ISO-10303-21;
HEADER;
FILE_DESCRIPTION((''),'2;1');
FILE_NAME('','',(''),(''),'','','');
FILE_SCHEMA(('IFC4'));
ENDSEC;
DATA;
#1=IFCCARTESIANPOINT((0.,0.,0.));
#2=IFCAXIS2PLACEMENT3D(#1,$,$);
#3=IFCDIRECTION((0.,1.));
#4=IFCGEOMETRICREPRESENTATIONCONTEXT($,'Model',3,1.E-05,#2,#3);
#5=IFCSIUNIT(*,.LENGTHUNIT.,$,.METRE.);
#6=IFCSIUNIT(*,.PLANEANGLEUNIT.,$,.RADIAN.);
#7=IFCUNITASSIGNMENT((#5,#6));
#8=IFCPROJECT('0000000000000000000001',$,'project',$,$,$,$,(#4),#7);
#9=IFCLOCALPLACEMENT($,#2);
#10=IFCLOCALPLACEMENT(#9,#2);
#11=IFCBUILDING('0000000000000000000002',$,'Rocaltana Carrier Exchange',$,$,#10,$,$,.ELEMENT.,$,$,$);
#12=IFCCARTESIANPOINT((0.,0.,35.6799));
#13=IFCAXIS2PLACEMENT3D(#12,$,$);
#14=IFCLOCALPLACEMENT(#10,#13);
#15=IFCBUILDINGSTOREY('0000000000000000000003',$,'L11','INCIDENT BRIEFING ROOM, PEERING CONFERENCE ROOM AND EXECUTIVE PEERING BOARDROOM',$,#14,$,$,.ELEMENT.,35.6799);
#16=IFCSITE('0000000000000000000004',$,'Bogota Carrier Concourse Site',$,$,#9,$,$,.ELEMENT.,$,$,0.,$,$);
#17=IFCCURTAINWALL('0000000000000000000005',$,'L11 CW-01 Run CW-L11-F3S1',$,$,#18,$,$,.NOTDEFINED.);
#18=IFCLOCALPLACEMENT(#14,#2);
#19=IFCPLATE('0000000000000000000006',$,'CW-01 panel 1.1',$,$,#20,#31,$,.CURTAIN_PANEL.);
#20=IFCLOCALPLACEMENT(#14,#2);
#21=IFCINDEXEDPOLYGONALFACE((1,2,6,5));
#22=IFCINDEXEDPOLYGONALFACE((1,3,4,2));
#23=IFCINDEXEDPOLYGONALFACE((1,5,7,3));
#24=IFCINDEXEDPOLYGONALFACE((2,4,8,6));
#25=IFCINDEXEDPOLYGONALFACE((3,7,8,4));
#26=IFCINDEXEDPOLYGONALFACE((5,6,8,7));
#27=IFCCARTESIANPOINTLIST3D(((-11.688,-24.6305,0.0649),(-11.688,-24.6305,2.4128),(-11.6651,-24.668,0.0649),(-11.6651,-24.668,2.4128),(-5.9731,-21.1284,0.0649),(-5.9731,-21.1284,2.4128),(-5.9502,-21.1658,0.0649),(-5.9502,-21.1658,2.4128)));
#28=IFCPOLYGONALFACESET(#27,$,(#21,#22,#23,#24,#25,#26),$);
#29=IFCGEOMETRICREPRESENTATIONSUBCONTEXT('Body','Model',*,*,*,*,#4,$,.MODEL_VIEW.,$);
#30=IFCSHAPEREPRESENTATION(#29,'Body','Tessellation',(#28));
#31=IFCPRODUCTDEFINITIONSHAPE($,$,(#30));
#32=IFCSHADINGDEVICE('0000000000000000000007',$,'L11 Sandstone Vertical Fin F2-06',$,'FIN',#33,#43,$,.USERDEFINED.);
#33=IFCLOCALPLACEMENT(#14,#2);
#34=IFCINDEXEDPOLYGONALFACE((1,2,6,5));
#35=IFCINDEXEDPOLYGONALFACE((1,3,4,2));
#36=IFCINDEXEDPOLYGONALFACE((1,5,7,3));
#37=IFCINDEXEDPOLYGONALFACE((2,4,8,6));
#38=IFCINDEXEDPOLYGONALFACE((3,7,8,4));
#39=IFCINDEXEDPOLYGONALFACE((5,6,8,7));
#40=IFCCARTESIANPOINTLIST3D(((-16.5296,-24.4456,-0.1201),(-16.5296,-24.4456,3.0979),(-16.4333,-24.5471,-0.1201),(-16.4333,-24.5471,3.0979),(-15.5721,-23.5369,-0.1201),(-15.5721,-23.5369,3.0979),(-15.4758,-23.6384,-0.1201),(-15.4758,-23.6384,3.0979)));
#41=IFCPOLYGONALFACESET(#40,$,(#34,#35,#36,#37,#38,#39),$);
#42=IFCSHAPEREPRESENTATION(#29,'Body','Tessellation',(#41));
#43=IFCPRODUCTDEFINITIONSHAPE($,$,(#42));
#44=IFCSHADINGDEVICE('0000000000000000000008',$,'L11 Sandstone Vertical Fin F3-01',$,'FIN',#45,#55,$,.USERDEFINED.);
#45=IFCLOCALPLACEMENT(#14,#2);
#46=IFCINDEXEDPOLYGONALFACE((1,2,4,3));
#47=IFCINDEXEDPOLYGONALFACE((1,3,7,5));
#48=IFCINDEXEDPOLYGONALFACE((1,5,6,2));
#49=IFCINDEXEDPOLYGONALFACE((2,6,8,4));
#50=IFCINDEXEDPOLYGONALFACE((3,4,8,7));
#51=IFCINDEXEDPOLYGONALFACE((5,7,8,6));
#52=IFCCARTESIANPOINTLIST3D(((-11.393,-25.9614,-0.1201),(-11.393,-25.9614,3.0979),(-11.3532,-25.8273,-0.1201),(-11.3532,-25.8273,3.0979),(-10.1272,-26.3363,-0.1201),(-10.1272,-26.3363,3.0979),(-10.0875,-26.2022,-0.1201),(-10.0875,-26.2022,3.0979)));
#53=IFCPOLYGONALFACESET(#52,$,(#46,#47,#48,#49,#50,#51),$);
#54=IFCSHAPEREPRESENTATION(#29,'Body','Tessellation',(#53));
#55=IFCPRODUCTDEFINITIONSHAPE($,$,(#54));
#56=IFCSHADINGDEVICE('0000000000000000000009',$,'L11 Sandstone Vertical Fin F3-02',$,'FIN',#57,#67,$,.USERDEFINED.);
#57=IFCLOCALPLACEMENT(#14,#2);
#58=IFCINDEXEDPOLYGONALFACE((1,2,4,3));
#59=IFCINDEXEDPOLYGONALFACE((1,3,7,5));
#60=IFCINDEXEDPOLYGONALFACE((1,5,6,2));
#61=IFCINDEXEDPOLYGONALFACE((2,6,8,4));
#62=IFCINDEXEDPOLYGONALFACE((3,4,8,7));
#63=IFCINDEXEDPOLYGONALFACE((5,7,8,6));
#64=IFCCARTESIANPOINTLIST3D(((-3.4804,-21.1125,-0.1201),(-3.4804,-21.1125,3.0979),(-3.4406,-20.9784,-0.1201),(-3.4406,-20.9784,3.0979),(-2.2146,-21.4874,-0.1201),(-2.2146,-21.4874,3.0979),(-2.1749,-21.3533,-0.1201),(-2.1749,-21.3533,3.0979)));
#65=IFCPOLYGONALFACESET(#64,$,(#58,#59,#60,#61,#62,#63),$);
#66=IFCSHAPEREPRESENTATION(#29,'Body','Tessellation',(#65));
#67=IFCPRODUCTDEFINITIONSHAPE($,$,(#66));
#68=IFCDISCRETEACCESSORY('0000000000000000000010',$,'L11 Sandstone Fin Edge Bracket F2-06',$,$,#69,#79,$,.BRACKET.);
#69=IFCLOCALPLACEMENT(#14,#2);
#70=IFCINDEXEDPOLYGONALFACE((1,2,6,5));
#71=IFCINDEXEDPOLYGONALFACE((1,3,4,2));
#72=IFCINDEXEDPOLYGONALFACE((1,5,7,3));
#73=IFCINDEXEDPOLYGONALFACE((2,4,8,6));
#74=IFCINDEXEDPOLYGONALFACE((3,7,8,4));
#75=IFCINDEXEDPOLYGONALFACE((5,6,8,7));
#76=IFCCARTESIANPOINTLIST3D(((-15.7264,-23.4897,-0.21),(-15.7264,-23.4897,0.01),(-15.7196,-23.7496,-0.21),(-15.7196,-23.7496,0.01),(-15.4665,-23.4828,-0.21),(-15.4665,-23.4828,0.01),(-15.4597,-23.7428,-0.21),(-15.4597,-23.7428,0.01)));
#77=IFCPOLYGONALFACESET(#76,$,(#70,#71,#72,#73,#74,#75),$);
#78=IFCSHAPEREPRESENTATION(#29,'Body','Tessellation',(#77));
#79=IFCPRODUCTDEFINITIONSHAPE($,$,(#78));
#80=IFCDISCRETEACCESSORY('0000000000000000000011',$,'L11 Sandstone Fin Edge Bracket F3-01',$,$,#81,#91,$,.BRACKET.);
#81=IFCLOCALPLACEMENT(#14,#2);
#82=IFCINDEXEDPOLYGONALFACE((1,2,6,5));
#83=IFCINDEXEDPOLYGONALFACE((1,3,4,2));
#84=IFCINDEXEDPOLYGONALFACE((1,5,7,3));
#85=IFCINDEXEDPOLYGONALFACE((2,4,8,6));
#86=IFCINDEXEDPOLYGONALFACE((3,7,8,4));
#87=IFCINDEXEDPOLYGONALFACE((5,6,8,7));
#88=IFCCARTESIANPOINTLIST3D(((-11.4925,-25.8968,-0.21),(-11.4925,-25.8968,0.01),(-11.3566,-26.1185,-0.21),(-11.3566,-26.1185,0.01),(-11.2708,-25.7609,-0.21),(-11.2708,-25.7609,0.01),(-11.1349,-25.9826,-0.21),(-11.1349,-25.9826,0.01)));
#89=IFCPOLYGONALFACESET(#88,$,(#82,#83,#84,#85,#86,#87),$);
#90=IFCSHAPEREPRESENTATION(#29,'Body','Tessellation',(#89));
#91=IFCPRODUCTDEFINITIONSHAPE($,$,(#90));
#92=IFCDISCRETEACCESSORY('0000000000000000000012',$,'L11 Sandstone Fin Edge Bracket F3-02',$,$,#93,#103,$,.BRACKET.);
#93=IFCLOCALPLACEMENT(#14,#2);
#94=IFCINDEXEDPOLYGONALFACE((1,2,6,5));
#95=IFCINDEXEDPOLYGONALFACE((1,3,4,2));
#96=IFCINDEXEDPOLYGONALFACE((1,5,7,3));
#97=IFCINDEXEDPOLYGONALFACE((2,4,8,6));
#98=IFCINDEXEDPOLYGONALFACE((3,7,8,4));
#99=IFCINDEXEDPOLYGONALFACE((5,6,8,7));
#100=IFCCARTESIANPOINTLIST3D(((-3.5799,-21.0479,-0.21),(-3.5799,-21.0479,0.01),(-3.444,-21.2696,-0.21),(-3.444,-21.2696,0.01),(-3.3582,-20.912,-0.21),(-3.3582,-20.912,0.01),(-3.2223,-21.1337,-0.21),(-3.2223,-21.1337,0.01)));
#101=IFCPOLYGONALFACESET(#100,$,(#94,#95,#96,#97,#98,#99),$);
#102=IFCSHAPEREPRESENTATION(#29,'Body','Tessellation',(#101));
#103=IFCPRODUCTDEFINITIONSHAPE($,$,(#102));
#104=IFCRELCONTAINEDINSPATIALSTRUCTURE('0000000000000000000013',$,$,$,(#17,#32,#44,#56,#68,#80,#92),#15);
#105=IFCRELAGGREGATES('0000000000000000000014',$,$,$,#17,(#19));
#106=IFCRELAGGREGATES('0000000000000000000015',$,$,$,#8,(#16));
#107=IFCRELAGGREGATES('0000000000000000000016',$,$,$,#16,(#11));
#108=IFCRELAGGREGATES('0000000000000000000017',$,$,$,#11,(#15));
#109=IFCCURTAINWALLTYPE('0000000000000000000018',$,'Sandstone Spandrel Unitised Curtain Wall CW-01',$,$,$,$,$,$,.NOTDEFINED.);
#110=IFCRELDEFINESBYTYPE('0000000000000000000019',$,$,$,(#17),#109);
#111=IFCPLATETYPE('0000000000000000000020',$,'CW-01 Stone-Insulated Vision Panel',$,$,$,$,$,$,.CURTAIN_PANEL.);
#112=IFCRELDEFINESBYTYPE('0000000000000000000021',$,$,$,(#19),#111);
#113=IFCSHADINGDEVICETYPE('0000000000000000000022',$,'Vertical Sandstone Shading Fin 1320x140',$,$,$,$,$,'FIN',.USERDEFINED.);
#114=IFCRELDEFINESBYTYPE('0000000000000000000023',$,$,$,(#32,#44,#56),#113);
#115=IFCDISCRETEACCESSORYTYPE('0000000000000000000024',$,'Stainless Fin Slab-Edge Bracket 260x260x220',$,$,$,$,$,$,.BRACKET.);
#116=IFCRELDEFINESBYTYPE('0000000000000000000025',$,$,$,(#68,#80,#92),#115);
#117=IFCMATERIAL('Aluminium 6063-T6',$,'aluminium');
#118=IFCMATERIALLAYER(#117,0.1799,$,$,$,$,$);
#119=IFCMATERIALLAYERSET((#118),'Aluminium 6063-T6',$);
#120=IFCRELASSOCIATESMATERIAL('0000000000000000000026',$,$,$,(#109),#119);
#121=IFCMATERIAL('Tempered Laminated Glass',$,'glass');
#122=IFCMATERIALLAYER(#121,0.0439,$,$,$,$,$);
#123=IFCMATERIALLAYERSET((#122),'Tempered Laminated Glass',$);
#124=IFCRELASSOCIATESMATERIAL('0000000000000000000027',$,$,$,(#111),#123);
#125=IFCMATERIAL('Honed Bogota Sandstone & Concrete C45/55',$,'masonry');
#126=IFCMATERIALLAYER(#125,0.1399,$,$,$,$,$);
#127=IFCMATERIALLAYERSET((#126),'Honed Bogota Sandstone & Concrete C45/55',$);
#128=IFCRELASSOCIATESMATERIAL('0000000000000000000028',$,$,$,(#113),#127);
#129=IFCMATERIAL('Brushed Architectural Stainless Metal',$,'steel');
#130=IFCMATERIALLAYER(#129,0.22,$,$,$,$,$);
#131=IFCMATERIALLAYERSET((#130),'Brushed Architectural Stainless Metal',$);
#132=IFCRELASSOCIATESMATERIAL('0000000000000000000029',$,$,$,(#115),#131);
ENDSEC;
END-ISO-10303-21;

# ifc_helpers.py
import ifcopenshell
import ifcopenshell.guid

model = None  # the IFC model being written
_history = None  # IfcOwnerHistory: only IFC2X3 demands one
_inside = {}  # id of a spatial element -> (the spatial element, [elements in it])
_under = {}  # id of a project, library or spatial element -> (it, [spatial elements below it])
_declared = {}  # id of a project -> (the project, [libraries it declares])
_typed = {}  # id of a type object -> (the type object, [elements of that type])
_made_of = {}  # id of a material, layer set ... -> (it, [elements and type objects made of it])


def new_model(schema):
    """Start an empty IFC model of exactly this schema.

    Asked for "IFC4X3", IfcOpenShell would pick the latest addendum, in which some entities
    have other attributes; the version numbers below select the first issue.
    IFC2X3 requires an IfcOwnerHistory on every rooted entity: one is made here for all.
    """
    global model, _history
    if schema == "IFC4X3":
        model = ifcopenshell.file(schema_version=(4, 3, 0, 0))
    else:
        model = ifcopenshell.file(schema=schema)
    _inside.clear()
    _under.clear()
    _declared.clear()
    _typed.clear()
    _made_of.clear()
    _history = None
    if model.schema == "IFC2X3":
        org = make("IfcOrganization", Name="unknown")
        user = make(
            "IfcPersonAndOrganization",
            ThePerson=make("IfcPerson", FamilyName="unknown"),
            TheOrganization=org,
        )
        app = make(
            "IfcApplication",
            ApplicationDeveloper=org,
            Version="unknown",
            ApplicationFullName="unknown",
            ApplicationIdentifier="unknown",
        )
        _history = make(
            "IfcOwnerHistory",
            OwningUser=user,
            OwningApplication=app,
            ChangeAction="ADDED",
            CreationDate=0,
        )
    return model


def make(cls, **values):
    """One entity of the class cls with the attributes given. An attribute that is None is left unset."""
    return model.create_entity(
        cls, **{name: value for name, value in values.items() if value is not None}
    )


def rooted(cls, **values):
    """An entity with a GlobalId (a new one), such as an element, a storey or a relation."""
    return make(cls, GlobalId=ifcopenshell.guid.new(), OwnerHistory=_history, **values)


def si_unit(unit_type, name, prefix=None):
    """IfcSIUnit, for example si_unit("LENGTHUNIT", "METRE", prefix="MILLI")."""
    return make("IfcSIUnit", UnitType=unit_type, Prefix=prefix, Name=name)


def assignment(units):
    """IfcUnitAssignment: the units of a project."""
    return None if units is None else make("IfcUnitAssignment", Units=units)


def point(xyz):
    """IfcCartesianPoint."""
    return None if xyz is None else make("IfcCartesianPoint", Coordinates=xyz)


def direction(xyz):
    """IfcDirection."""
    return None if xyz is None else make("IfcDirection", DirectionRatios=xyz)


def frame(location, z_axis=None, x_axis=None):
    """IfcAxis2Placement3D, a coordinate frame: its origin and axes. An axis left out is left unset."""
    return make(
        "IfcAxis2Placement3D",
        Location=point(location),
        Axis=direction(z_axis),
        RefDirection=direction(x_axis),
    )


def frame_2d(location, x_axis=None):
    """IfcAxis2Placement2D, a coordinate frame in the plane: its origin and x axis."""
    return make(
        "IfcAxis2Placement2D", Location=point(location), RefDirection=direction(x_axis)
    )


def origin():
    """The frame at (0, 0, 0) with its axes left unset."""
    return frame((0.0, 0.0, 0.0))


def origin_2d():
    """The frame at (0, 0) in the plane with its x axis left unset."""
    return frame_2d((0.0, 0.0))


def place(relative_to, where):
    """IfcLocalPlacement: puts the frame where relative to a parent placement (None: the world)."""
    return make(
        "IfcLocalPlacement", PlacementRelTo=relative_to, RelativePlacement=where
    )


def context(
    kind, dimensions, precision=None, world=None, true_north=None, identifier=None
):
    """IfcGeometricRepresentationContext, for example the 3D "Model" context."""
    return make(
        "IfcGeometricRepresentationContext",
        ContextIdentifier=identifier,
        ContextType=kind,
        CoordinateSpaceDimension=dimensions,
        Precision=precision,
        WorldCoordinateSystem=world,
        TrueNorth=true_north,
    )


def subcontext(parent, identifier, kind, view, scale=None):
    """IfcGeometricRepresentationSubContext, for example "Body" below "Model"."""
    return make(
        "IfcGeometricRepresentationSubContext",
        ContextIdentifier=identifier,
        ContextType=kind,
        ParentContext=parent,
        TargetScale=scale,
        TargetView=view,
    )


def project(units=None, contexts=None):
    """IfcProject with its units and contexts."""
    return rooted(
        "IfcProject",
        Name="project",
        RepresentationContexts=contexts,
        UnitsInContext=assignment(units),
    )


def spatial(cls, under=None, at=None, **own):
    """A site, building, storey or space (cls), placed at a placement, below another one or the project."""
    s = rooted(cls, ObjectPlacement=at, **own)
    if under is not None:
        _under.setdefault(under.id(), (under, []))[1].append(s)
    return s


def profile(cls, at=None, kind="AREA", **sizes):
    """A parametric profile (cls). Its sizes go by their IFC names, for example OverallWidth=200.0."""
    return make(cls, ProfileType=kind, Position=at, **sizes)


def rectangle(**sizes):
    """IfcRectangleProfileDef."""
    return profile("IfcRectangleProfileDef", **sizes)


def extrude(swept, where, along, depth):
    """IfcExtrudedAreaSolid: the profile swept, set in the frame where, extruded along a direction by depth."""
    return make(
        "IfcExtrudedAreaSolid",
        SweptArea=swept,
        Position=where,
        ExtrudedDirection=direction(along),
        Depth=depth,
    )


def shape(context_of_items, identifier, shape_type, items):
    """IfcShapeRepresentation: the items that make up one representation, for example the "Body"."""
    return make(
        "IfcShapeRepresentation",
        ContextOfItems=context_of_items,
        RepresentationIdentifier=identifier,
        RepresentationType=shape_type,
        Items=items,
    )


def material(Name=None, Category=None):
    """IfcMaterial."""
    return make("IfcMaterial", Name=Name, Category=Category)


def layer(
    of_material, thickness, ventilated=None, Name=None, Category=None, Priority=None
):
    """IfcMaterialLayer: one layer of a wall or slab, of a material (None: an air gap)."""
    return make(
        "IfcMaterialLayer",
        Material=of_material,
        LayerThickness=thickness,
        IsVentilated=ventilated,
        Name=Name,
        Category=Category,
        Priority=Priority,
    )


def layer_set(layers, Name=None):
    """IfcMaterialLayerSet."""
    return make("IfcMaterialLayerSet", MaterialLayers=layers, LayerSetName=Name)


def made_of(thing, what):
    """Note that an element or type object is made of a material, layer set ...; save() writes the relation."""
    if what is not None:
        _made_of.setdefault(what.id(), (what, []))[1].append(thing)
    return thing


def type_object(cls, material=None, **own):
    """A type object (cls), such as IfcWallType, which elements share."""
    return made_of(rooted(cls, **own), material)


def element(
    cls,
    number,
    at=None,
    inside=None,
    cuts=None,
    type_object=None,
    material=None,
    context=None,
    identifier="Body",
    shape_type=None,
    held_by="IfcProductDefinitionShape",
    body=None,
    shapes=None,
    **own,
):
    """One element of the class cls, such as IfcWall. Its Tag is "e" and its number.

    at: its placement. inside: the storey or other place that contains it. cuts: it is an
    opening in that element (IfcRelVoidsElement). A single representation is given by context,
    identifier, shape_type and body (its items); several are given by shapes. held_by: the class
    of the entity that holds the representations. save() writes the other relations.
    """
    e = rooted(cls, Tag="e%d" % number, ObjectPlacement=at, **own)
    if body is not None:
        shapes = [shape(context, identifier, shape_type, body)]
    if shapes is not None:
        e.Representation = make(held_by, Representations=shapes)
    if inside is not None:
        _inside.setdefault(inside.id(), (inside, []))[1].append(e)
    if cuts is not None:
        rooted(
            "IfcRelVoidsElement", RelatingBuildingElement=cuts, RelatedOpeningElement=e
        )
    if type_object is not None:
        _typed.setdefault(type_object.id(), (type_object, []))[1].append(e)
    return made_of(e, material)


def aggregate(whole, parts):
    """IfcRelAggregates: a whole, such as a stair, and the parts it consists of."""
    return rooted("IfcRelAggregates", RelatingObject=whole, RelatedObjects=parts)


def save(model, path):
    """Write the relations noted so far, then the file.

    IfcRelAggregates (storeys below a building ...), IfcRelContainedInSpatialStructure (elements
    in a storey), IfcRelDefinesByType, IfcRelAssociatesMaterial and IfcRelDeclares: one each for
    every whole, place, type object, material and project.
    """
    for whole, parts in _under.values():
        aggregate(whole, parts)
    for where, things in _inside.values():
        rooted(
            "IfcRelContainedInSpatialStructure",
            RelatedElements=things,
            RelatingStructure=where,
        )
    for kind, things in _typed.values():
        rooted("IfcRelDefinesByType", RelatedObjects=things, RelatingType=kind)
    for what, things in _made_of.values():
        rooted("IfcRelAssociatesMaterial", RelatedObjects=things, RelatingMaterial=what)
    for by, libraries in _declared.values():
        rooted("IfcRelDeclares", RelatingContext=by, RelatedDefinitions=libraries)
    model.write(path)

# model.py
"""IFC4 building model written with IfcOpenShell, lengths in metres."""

from ifc_helpers import new_model, si_unit, direction, frame, origin, origin_2d, place, context, subcontext, project, spatial, rectangle, extrude, material, layer, layer_set, type_object, element, aggregate, save


model = new_model("IFC4")

# Units and contexts
model_context = context("Model", 3, precision=1e-05, world=origin(), true_north=direction((0.0, 1.0)))
body_context = subcontext(model_context, "Body", "Model", "MODEL_VIEW")
ifc_project = project(units=[si_unit("LENGTHUNIT", "METRE"), si_unit("PLANEANGLEUNIT", "RADIAN")], contexts=[model_context])

# Site, building, storey
site_placement = place(None, origin())
site = spatial("IfcSite", under=ifc_project, at=site_placement, Name="Bogota Carrier Concourse Site", CompositionType="ELEMENT", RefElevation=0.0)
building_placement = place(site_placement, origin())
building = spatial("IfcBuilding", under=site, at=building_placement, Name="Rocaltana Carrier Exchange", CompositionType="ELEMENT")
storey_placement = place(building_placement, frame((0.0, 0.0, 35.6799)))
storey = spatial("IfcBuildingStorey", under=building, at=storey_placement, Name="L11", Description="INCIDENT BRIEFING ROOM, PEERING CONFERENCE ROOM AND EXECUTIVE PEERING BOARDROOM", CompositionType="ELEMENT", Elevation=35.6799)

# Shared definitions
ifc_material_1 = material(Name="Aluminium 6063-T6", Category="aluminium")
ifc_layer_1 = layer(ifc_material_1, 0.1799)
ifc_layer_set_1 = layer_set([ifc_layer_1], Name="Aluminium 6063-T6")
curtain_wall_type = type_object("IfcCurtainWallType", Name="Sandstone Spandrel Unitised Curtain Wall CW-01", PredefinedType="NOTDEFINED", material=ifc_layer_set_1)

# Curtain wall
curtain_wall_1_placement = place(storey_placement, origin())
curtain_wall_1 = element("IfcCurtainWall", 1, at=curtain_wall_1_placement, inside=storey, type_object=curtain_wall_type, Name="L11 CW-01 Run CW-L11-F3S1", PredefinedType="NOTDEFINED")

# Plate
ifc_material_2 = material(Name="Tempered Laminated Glass", Category="glass")
ifc_layer_2 = layer(ifc_material_2, 0.0439)
ifc_layer_set_2 = layer_set([ifc_layer_2], Name="Tempered Laminated Glass")
plate_type = type_object("IfcPlateType", Name="CW-01 Stone-Insulated Vision Panel", PredefinedType="CURTAIN_PANEL", material=ifc_layer_set_2)
plate_placement = place(storey_placement, frame((-8.8191, -22.8982, 0.0649), z_axis=(0.0, 0.0, 1.0), x_axis=(0.852636, 0.522505, 0.0)))
plate = element("IfcPlate", 2, at=plate_placement, type_object=plate_type, Name="CW-01 panel 1.1", PredefinedType="CURTAIN_PANEL", context=body_context, shape_type="SweptSolid", body=[
    extrude(rectangle(XDim=6.7026, YDim=0.0439, at=origin_2d()), origin(), (0.0, 0.0, 1.0), 2.3479),
])
aggregate(curtain_wall_1, [plate])

# Shading devices
ifc_material_3 = material(Name="Honed Bogota Sandstone & Concrete C45/55", Category="masonry")
ifc_layer_3 = layer(ifc_material_3, 0.1399)
ifc_layer_set_3 = layer_set([ifc_layer_3], Name="Honed Bogota Sandstone & Concrete C45/55")
shading_device_type = type_object("IfcShadingDeviceType", Name="Vertical Sandstone Shading Fin 1320x140", ElementType="FIN", PredefinedType="USERDEFINED", material=ifc_layer_set_3)
for number, where, z_axis, x_axis, name in (
    (3, (-16.0027, -24.042, -0.1201), (0.0, 0.0, 1.0), (-0.725374, -0.688355, 0.0), "L11 Sandstone Vertical Fin F2-06"),
    (4, (-10.7402, -26.0818, -0.1201), (0.0, 0.0, 1.0), (0.95882, -0.284015, 0.0), "L11 Sandstone Vertical Fin F3-01"),
    (5, (-2.8276, -21.2329, -0.1201), (0.0, 0.0, 1.0), (0.95882, -0.284015, 0.0), "L11 Sandstone Vertical Fin F3-02"),
):
    element("IfcShadingDevice", number, at=place(storey_placement, frame(where, z_axis=z_axis, x_axis=x_axis)), inside=storey, type_object=shading_device_type, Name=name, ObjectType="FIN", PredefinedType="USERDEFINED", context=body_context, shape_type="SweptSolid", body=[
        extrude(rectangle(XDim=1.3201, YDim=0.1399, at=origin_2d()), origin(), (0.0, 0.0, 1.0), 3.218),
    ])

# Discrete accessories
ifc_material_4 = material(Name="Brushed Architectural Stainless Metal", Category="steel")
ifc_layer_4 = layer(ifc_material_4, 0.22)
ifc_layer_set_4 = layer_set([ifc_layer_4], Name="Brushed Architectural Stainless Metal")
discrete_accessory_type = type_object("IfcDiscreteAccessoryType", Name="Stainless Fin Slab-Edge Bracket 260x260x220", PredefinedType="BRACKET", material=ifc_layer_set_4)
for number, where, z_axis, x_axis, name in (
    (6, (-15.593, -23.6162, -0.21), (0.0, 0.0, 1.0), (0.026177, -0.999657, 0.0), "L11 Sandstone Fin Edge Bracket F2-06"),
    (7, (-11.3137, -25.9397, -0.21), (0.0, 0.0, 1.0), (0.85264, 0.522499, 0.0), "L11 Sandstone Fin Edge Bracket F3-01"),
    (8, (-3.4011, -21.0908, -0.21), (0.0, 0.0, 1.0), (0.85264, 0.522499, 0.0), "L11 Sandstone Fin Edge Bracket F3-02"),
):
    element("IfcDiscreteAccessory", number, at=place(storey_placement, frame(where, z_axis=z_axis, x_axis=x_axis)), inside=storey, type_object=discrete_accessory_type, Name=name, PredefinedType="BRACKET", context=body_context, shape_type="SweptSolid", body=[
        extrude(rectangle(XDim=0.26, YDim=0.26, at=origin_2d()), origin(), (0.0, 0.0, 1.0), 0.22),
    ])

save(model, "model.ifc")
